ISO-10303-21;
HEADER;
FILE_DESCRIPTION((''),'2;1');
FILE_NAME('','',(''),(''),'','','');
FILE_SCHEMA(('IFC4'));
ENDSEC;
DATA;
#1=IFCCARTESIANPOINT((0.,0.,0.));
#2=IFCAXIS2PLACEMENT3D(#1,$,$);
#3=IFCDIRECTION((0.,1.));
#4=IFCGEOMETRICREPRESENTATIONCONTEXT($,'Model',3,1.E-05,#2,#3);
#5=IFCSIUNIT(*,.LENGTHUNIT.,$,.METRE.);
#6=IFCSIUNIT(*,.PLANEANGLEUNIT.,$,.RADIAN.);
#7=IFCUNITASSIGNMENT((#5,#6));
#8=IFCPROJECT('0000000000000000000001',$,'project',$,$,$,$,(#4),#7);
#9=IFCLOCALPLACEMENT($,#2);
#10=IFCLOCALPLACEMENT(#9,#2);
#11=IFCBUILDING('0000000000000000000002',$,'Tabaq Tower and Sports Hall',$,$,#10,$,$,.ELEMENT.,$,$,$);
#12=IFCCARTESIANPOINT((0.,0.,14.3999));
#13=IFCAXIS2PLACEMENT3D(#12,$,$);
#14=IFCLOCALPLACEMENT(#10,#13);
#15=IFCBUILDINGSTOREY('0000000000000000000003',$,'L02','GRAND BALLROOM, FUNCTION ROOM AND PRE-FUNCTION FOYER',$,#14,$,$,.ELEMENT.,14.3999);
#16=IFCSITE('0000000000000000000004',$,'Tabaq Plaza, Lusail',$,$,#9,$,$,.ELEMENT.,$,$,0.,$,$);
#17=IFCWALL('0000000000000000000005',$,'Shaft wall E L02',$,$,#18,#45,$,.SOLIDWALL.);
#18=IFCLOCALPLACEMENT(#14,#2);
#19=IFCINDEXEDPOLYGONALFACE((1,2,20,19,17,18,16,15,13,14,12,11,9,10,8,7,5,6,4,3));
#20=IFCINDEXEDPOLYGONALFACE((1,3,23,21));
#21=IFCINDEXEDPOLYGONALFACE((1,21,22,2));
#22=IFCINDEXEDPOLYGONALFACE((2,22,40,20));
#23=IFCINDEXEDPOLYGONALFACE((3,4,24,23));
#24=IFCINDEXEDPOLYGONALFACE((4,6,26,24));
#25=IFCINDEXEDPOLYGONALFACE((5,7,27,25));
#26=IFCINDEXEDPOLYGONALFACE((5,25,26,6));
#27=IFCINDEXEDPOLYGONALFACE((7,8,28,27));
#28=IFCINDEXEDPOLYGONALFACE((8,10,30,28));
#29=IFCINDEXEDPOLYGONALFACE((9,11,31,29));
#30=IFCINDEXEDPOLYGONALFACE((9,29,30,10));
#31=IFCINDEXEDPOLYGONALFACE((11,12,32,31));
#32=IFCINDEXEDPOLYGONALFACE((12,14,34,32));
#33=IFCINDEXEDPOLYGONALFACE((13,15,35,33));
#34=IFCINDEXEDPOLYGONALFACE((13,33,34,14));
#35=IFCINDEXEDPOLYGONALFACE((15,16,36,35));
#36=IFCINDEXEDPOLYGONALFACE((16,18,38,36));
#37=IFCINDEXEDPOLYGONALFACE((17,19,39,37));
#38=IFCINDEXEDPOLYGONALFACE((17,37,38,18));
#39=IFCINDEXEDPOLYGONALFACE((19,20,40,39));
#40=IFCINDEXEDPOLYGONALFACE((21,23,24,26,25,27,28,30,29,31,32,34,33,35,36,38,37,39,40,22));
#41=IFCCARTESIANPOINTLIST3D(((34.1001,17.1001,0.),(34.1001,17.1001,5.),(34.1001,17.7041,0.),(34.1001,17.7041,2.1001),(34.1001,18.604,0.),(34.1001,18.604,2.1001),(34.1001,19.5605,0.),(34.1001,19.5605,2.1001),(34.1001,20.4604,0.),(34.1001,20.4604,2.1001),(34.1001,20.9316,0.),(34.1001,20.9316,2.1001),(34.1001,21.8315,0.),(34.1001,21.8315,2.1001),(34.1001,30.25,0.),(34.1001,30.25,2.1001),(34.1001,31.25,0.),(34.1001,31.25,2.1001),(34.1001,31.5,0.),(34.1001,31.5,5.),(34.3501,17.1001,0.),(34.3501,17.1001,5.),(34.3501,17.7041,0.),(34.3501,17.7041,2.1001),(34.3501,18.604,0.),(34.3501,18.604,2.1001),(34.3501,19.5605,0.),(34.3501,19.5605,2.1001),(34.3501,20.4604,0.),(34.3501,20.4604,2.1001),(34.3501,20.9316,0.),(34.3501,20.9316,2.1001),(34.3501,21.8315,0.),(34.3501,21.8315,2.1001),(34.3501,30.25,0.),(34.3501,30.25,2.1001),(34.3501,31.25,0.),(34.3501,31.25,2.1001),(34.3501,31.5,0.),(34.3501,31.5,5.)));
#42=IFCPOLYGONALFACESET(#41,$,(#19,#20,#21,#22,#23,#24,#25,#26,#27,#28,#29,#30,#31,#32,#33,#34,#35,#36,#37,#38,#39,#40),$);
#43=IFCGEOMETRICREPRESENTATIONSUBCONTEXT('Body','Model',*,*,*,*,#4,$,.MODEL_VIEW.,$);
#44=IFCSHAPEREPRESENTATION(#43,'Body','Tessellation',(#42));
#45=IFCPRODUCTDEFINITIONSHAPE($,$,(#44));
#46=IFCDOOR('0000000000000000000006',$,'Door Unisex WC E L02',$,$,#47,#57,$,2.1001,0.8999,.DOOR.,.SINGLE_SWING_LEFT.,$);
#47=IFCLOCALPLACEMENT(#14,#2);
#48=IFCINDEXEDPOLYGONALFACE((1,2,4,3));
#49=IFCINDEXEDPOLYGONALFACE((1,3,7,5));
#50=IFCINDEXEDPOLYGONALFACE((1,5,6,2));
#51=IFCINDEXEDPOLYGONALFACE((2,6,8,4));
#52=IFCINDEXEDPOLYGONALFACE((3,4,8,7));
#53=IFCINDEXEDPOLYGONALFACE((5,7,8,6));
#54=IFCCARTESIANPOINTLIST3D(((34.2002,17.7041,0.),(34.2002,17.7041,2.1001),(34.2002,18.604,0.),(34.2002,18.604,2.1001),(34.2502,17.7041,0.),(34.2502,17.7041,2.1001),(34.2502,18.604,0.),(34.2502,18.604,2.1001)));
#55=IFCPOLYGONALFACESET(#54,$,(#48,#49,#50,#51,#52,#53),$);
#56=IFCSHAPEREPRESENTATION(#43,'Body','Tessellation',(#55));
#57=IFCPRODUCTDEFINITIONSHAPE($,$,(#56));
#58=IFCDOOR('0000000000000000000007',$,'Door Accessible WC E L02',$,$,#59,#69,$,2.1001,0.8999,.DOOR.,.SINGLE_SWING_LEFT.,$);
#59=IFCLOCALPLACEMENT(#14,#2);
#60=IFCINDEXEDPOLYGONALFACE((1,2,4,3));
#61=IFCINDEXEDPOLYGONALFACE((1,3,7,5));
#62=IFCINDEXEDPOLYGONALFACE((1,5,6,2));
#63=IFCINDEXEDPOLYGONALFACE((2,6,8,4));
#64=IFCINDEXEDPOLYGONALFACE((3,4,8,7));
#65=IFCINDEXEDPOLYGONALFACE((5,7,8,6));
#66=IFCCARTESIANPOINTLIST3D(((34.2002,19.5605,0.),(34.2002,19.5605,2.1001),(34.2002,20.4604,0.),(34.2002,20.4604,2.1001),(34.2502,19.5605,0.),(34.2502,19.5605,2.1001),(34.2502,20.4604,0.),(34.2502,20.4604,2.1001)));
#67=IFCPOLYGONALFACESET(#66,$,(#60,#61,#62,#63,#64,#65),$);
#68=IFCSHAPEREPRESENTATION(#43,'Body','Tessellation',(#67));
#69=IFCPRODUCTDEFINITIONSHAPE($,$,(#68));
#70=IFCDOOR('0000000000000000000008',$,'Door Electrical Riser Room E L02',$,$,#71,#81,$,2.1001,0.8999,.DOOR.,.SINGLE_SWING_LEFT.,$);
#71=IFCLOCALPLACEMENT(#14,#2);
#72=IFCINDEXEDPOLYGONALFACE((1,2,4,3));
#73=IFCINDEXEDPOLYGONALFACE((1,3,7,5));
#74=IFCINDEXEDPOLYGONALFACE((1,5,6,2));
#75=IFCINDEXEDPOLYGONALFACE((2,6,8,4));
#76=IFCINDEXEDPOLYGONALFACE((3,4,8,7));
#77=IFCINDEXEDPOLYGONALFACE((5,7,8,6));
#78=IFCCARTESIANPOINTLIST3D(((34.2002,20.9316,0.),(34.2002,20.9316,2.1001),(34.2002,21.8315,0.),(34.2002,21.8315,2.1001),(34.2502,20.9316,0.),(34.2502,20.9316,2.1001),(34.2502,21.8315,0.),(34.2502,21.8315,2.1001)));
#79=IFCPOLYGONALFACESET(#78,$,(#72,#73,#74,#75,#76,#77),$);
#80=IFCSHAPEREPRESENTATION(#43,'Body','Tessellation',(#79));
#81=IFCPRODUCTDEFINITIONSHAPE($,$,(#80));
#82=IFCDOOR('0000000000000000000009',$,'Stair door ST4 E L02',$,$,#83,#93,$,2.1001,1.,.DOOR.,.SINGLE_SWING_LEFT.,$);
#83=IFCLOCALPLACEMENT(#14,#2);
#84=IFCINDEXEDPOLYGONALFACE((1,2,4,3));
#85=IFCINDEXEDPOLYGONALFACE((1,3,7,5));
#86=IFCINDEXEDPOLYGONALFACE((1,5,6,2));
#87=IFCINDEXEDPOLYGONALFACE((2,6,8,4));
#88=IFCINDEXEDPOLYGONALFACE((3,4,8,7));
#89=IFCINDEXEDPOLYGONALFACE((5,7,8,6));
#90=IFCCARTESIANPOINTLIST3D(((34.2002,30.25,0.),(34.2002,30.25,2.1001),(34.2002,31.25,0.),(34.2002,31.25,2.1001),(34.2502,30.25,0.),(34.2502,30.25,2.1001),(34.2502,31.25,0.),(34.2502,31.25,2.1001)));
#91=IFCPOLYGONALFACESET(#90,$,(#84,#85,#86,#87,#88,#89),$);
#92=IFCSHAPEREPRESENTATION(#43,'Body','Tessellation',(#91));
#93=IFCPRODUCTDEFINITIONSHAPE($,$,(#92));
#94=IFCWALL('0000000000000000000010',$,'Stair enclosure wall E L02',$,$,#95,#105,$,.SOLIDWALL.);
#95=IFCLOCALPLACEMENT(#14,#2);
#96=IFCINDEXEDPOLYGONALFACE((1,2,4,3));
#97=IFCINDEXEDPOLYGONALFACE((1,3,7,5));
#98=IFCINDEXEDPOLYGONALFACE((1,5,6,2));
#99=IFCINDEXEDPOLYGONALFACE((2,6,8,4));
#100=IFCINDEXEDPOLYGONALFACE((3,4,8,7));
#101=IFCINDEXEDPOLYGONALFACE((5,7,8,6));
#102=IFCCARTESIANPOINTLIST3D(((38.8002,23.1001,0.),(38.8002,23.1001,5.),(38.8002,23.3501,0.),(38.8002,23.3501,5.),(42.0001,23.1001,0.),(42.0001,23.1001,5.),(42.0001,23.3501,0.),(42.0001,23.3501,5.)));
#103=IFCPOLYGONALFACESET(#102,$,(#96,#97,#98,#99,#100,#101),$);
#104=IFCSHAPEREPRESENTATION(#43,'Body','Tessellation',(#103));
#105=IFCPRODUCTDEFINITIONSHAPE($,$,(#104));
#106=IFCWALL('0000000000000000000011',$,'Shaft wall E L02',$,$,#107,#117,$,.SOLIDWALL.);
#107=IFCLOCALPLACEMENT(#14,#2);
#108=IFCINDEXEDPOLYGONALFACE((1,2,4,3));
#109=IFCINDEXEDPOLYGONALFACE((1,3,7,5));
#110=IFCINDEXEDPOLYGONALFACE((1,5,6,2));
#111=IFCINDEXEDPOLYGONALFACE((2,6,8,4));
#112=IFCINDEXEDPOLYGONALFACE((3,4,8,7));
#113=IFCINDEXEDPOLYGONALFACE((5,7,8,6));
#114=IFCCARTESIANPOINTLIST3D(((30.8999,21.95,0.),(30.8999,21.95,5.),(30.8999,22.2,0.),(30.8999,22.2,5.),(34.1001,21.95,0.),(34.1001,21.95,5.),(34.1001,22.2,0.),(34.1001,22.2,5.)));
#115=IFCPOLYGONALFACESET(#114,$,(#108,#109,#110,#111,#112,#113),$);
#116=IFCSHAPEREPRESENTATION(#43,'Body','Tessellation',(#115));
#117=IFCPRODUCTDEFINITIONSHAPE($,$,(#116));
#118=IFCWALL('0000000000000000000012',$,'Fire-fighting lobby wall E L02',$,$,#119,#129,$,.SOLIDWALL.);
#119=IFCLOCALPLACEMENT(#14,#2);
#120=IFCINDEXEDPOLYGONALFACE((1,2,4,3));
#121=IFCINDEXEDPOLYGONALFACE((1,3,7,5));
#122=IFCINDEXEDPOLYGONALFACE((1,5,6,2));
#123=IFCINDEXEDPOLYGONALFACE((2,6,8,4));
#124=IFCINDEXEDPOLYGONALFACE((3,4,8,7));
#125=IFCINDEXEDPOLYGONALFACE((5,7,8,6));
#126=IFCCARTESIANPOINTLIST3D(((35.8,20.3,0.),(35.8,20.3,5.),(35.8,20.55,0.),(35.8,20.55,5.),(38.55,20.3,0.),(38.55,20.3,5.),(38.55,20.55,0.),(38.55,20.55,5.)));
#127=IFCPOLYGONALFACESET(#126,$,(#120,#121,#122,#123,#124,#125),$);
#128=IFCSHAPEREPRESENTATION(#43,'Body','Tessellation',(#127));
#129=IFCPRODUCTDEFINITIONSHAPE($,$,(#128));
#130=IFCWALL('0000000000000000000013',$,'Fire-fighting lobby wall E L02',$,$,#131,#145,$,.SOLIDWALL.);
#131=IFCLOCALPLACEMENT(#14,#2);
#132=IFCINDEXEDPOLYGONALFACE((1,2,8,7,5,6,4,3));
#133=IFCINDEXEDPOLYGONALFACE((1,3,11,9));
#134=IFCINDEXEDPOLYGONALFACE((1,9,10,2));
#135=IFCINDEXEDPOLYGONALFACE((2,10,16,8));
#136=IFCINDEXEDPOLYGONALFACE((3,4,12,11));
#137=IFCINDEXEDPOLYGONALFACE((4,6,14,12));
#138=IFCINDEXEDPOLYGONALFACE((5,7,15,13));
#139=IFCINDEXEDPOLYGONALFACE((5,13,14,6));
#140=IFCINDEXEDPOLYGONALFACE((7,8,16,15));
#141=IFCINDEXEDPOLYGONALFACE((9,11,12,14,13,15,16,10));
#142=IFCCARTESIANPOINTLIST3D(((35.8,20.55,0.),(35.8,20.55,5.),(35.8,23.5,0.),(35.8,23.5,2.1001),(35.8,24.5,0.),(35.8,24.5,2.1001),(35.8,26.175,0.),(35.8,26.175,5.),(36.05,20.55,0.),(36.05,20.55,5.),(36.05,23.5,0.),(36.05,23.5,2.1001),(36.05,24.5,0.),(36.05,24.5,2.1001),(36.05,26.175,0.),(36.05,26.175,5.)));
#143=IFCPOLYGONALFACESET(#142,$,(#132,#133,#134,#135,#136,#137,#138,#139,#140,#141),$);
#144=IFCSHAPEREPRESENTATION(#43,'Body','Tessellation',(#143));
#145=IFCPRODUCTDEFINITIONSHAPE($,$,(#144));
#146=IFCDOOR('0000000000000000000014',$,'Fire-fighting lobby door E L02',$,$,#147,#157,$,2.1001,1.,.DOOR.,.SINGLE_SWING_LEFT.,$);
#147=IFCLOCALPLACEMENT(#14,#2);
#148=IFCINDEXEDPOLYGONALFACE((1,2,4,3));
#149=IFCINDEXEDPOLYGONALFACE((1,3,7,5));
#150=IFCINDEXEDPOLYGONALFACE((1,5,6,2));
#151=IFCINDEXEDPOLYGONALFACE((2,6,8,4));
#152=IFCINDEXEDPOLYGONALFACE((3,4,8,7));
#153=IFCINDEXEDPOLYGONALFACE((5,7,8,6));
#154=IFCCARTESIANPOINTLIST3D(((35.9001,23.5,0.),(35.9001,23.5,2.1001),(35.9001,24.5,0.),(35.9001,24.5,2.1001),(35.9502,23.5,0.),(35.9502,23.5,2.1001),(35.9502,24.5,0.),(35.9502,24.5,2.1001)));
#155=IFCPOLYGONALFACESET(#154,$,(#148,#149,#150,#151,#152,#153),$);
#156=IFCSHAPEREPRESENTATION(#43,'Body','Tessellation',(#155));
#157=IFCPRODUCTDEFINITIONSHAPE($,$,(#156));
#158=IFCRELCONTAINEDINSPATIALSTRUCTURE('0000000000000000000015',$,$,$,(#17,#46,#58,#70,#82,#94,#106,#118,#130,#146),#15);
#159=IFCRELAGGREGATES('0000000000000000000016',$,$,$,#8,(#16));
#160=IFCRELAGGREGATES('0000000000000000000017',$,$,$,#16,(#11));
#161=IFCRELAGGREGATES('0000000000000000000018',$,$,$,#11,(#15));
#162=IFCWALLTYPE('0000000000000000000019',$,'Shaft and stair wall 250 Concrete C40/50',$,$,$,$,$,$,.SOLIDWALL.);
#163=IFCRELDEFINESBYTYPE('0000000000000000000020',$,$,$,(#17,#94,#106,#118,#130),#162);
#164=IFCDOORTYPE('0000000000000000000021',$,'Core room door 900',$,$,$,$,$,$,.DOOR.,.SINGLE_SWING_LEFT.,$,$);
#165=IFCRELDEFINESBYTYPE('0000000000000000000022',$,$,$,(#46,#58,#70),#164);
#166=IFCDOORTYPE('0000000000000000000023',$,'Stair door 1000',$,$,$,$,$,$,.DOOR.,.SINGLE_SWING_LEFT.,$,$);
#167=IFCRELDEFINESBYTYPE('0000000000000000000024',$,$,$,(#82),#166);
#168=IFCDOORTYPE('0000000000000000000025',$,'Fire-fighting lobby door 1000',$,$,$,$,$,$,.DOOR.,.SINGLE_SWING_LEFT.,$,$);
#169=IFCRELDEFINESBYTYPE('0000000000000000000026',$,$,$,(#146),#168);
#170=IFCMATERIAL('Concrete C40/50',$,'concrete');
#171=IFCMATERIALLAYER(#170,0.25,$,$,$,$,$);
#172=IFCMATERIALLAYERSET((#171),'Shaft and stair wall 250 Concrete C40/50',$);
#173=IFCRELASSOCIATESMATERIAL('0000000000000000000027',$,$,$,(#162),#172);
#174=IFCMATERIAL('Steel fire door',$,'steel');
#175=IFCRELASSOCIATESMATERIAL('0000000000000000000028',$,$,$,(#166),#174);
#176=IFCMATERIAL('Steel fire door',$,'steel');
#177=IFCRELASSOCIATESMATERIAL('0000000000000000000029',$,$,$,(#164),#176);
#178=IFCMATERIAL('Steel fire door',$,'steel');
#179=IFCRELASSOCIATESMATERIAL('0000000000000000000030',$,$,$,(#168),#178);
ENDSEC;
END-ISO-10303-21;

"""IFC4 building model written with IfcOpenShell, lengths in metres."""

from ifc_helpers import new_model, si_unit, direction, frame, frame_2d, origin, place, context, subcontext, project, spatial, rectangle, extrude, material, layer, layer_set, type_object, element, fill, save


model = new_model("IFC4")

# Units and contexts
model_context = context("Model", 3, precision=1e-05, world=origin(), true_north=direction((0.0, 1.0)))
body_context = subcontext(model_context, "Body", "Model", "MODEL_VIEW")
ifc_project = project(units=[si_unit("LENGTHUNIT", "METRE"), si_unit("PLANEANGLEUNIT", "RADIAN")], contexts=[model_context])

# Site, building, storey
site_placement = place(None, origin())
site = spatial("IfcSite", under=ifc_project, at=site_placement, Name="Tabaq Plaza, Lusail", CompositionType="ELEMENT", RefElevation=0.0)
building_placement = place(site_placement, origin())
building = spatial("IfcBuilding", under=site, at=building_placement, Name="Tabaq Tower and Sports Hall", CompositionType="ELEMENT")
storey_placement = place(building_placement, frame((0.0, 0.0, 14.3999)))
storey = spatial("IfcBuildingStorey", under=building, at=storey_placement, Name="L02", Description="GRAND BALLROOM, FUNCTION ROOM AND PRE-FUNCTION FOYER", CompositionType="ELEMENT", Elevation=14.3999)

# Wall, openings, doors
ifc_material_1 = material(Name="Concrete C40/50", Category="concrete")
ifc_layer_1 = layer(ifc_material_1, 0.25)
ifc_layer_set_1 = layer_set([ifc_layer_1], Name="Shaft and stair wall 250 Concrete C40/50")
wall_type_1 = type_object("IfcWallType", Name="Shaft and stair wall 250 Concrete C40/50", PredefinedType="SOLIDWALL", material=ifc_layer_set_1)
ifc_material_2 = material(Name="Steel fire door", Category="steel")
door_type_1 = type_object("IfcDoorType", Name="Stair door 1000", OperationType="SINGLE_SWING_LEFT", PredefinedType="DOOR", material=ifc_material_2)
wall_1_placement = place(storey_placement, frame((34.2251, 17.1001, 0.0), z_axis=(0.0, 0.0, 1.0), x_axis=(0.0, 1.0, 0.0)))
wall_1 = element("IfcWall", 1, at=wall_1_placement, inside=storey, type_object=wall_type_1, Name="Shaft wall E L02", PredefinedType="SOLIDWALL", context=body_context, shape_type="SweptSolid", body=[
    extrude(rectangle(XDim=14.3999, YDim=0.25, at=frame_2d((7.2, 0.0))), origin(), (0.0, 0.0, 1.0), 5.0),
])
opening_1_placement = place(wall_1_placement, frame((13.1499, 0.0, 0.0)))
opening_1 = element("IfcOpeningElement", 2, at=opening_1_placement, cuts=wall_1, PredefinedType="OPENING", context=body_context, shape_type="SweptSolid", body=[
    extrude(rectangle(XDim=1.0, YDim=2.1001, at=frame_2d((0.5, 1.05))), frame((0.0, 0.125, 0.0), z_axis=(0.0, -1.0, 0.0), x_axis=(1.0, 0.0, 0.0)), (0.0, 0.0, 1.0), 0.25),
])
opening_2_placement = place(wall_1_placement, frame((0.604, 0.0, 0.0)))
opening_2 = element("IfcOpeningElement", 3, at=opening_2_placement, cuts=wall_1, PredefinedType="OPENING", context=body_context, shape_type="SweptSolid", body=[
    extrude(rectangle(XDim=0.8999, YDim=2.1001, at=frame_2d((0.45, 1.05))), frame((0.0, 0.125, 0.0), z_axis=(0.0, -1.0, 0.0), x_axis=(1.0, 0.0, 0.0)), (0.0, 0.0, 1.0), 0.25),
])
opening_3_placement = place(wall_1_placement, frame((2.4604, 0.0, 0.0)))
opening_3 = element("IfcOpeningElement", 4, at=opening_3_placement, cuts=wall_1, PredefinedType="OPENING", context=body_context, shape_type="SweptSolid", body=[
    extrude(rectangle(XDim=0.8999, YDim=2.1001, at=frame_2d((0.45, 1.05))), frame((0.0, 0.125, 0.0), z_axis=(0.0, -1.0, 0.0), x_axis=(1.0, 0.0, 0.0)), (0.0, 0.0, 1.0), 0.25),
])
opening_4_placement = place(wall_1_placement, frame((3.8315, 0.0, 0.0)))
opening_4 = element("IfcOpeningElement", 5, at=opening_4_placement, cuts=wall_1, PredefinedType="OPENING", context=body_context, shape_type="SweptSolid", body=[
    extrude(rectangle(XDim=0.8999, YDim=2.1001, at=frame_2d((0.45, 1.05))), frame((0.0, 0.125, 0.0), z_axis=(0.0, -1.0, 0.0), x_axis=(1.0, 0.0, 0.0)), (0.0, 0.0, 1.0), 0.25),
])
ifc_material_3 = material(Name="Steel fire door", Category="steel")
door_type_2 = type_object("IfcDoorType", Name="Core room door 900", OperationType="SINGLE_SWING_LEFT", PredefinedType="DOOR", material=ifc_material_3)
door_1_placement = place(opening_2_placement, origin())
door_1 = element("IfcDoor", 6, at=door_1_placement, inside=storey, type_object=door_type_2, Name="Door Unisex WC E L02", OperationType="SINGLE_SWING_LEFT", OverallHeight=2.1001, OverallWidth=0.8999, PredefinedType="DOOR", context=body_context, shape_type="SweptSolid", body=[
    extrude(rectangle(XDim=0.8999, YDim=2.1001, at=frame_2d((0.45, 1.05))), frame((0.0, 0.0249, 0.0), z_axis=(0.0, -1.0, 0.0), x_axis=(1.0, 0.0, 0.0)), (0.0, 0.0, 1.0), 0.05),
])
fill(opening_2, door_1)
door_2_placement = place(opening_3_placement, origin())
door_2 = element("IfcDoor", 7, at=door_2_placement, inside=storey, type_object=door_type_2, Name="Door Accessible WC E L02", OperationType="SINGLE_SWING_LEFT", OverallHeight=2.1001, OverallWidth=0.8999, PredefinedType="DOOR", context=body_context, shape_type="SweptSolid", body=[
    extrude(rectangle(XDim=0.8999, YDim=2.1001, at=frame_2d((0.45, 1.05))), frame((0.0, 0.0249, 0.0), z_axis=(0.0, -1.0, 0.0), x_axis=(1.0, 0.0, 0.0)), (0.0, 0.0, 1.0), 0.05),
])
fill(opening_3, door_2)
door_3_placement = place(opening_4_placement, origin())
door_3 = element("IfcDoor", 8, at=door_3_placement, inside=storey, type_object=door_type_2, Name="Door Electrical Riser Room E L02", OperationType="SINGLE_SWING_LEFT", OverallHeight=2.1001, OverallWidth=0.8999, PredefinedType="DOOR", context=body_context, shape_type="SweptSolid", body=[
    extrude(rectangle(XDim=0.8999, YDim=2.1001, at=frame_2d((0.45, 1.05))), frame((0.0, 0.0249, 0.0), z_axis=(0.0, -1.0, 0.0), x_axis=(1.0, 0.0, 0.0)), (0.0, 0.0, 1.0), 0.05),
])
fill(opening_4, door_3)
door_4_placement = place(opening_1_placement, origin())
door_4 = element("IfcDoor", 9, at=door_4_placement, inside=storey, type_object=door_type_1, Name="Stair door ST4 E L02", OperationType="SINGLE_SWING_LEFT", OverallHeight=2.1001, OverallWidth=1.0, PredefinedType="DOOR", context=body_context, shape_type="SweptSolid", body=[
    extrude(rectangle(XDim=1.0, YDim=2.1001, at=frame_2d((0.5, 1.05))), frame((0.0, 0.0249, 0.0), z_axis=(0.0, -1.0, 0.0), x_axis=(1.0, 0.0, 0.0)), (0.0, 0.0, 1.0), 0.05),
])
fill(opening_1, door_4)

# Walls
wall_2_placement = place(storey_placement, frame((38.8, 23.2251, 0.0), z_axis=(0.0, 0.0, 1.0), x_axis=(1.0, 0.0, 0.0)))
element("IfcWall", 10, at=wall_2_placement, inside=storey, type_object=wall_type_1, Name="Stair enclosure wall E L02", PredefinedType="SOLIDWALL", context=body_context, shape_type="SweptSolid", body=[
    extrude(rectangle(XDim=3.2, YDim=0.25, at=frame_2d((1.6001, 0.0))), origin(), (0.0, 0.0, 1.0), 5.0),
])
wall_3_placement = place(storey_placement, frame((30.8999, 22.075, 0.0), z_axis=(0.0, 0.0, 1.0), x_axis=(1.0, 0.0, 0.0)))
element("IfcWall", 11, at=wall_3_placement, inside=storey, type_object=wall_type_1, Name="Shaft wall E L02", PredefinedType="SOLIDWALL", context=body_context, shape_type="SweptSolid", body=[
    extrude(rectangle(XDim=3.2002, YDim=0.25, at=frame_2d((1.6001, 0.0))), origin(), (0.0, 0.0, 1.0), 5.0),
])
wall_4_placement = place(storey_placement, frame((35.8, 20.425, 0.0), z_axis=(0.0, 0.0, 1.0), x_axis=(1.0, 0.0, 0.0)))
element("IfcWall", 12, at=wall_4_placement, inside=storey, type_object=wall_type_1, Name="Fire-fighting lobby wall E L02", PredefinedType="SOLIDWALL", context=body_context, shape_type="SweptSolid", body=[
    extrude(rectangle(XDim=2.75, YDim=0.25, at=frame_2d((1.375, 0.0))), origin(), (0.0, 0.0, 1.0), 5.0),
])

# Wall, opening, door
wall_5_placement = place(storey_placement, frame((35.925, 20.55, 0.0), z_axis=(0.0, 0.0, 1.0), x_axis=(0.0, 1.0, 0.0)))
wall_5 = element("IfcWall", 13, at=wall_5_placement, inside=storey, type_object=wall_type_1, Name="Fire-fighting lobby wall E L02", PredefinedType="SOLIDWALL", context=body_context, shape_type="SweptSolid", body=[
    extrude(rectangle(XDim=5.625, YDim=0.25, at=frame_2d((2.8125, 0.0))), origin(), (0.0, 0.0, 1.0), 5.0),
])
opening_5_placement = place(wall_5_placement, frame((2.95, 0.0, 0.0)))
opening_5 = element("IfcOpeningElement", 14, at=opening_5_placement, cuts=wall_5, PredefinedType="OPENING", context=body_context, shape_type="SweptSolid", body=[
    extrude(rectangle(XDim=1.0, YDim=2.1001, at=frame_2d((0.5, 1.05))), frame((0.0, 0.125, 0.0), z_axis=(0.0, -1.0, 0.0), x_axis=(1.0, 0.0, 0.0)), (0.0, 0.0, 1.0), 0.25),
])
ifc_material_4 = material(Name="Steel fire door", Category="steel")
door_type_3 = type_object("IfcDoorType", Name="Fire-fighting lobby door 1000", OperationType="SINGLE_SWING_LEFT", PredefinedType="DOOR", material=ifc_material_4)
door_5_placement = place(opening_5_placement, origin())
door_5 = element("IfcDoor", 15, at=door_5_placement, inside=storey, type_object=door_type_3, Name="Fire-fighting lobby door E L02", OperationType="SINGLE_SWING_LEFT", OverallHeight=2.1001, OverallWidth=1.0, PredefinedType="DOOR", context=body_context, shape_type="SweptSolid", body=[
    extrude(rectangle(XDim=1.0, YDim=2.1001, at=frame_2d((0.5, 1.05))), frame((0.0, 0.0249, 0.0), z_axis=(0.0, -1.0, 0.0), x_axis=(1.0, 0.0, 0.0)), (0.0, 0.0, 1.0), 0.05),
])
fill(opening_5, door_5)

save(model, "model.ifc")
